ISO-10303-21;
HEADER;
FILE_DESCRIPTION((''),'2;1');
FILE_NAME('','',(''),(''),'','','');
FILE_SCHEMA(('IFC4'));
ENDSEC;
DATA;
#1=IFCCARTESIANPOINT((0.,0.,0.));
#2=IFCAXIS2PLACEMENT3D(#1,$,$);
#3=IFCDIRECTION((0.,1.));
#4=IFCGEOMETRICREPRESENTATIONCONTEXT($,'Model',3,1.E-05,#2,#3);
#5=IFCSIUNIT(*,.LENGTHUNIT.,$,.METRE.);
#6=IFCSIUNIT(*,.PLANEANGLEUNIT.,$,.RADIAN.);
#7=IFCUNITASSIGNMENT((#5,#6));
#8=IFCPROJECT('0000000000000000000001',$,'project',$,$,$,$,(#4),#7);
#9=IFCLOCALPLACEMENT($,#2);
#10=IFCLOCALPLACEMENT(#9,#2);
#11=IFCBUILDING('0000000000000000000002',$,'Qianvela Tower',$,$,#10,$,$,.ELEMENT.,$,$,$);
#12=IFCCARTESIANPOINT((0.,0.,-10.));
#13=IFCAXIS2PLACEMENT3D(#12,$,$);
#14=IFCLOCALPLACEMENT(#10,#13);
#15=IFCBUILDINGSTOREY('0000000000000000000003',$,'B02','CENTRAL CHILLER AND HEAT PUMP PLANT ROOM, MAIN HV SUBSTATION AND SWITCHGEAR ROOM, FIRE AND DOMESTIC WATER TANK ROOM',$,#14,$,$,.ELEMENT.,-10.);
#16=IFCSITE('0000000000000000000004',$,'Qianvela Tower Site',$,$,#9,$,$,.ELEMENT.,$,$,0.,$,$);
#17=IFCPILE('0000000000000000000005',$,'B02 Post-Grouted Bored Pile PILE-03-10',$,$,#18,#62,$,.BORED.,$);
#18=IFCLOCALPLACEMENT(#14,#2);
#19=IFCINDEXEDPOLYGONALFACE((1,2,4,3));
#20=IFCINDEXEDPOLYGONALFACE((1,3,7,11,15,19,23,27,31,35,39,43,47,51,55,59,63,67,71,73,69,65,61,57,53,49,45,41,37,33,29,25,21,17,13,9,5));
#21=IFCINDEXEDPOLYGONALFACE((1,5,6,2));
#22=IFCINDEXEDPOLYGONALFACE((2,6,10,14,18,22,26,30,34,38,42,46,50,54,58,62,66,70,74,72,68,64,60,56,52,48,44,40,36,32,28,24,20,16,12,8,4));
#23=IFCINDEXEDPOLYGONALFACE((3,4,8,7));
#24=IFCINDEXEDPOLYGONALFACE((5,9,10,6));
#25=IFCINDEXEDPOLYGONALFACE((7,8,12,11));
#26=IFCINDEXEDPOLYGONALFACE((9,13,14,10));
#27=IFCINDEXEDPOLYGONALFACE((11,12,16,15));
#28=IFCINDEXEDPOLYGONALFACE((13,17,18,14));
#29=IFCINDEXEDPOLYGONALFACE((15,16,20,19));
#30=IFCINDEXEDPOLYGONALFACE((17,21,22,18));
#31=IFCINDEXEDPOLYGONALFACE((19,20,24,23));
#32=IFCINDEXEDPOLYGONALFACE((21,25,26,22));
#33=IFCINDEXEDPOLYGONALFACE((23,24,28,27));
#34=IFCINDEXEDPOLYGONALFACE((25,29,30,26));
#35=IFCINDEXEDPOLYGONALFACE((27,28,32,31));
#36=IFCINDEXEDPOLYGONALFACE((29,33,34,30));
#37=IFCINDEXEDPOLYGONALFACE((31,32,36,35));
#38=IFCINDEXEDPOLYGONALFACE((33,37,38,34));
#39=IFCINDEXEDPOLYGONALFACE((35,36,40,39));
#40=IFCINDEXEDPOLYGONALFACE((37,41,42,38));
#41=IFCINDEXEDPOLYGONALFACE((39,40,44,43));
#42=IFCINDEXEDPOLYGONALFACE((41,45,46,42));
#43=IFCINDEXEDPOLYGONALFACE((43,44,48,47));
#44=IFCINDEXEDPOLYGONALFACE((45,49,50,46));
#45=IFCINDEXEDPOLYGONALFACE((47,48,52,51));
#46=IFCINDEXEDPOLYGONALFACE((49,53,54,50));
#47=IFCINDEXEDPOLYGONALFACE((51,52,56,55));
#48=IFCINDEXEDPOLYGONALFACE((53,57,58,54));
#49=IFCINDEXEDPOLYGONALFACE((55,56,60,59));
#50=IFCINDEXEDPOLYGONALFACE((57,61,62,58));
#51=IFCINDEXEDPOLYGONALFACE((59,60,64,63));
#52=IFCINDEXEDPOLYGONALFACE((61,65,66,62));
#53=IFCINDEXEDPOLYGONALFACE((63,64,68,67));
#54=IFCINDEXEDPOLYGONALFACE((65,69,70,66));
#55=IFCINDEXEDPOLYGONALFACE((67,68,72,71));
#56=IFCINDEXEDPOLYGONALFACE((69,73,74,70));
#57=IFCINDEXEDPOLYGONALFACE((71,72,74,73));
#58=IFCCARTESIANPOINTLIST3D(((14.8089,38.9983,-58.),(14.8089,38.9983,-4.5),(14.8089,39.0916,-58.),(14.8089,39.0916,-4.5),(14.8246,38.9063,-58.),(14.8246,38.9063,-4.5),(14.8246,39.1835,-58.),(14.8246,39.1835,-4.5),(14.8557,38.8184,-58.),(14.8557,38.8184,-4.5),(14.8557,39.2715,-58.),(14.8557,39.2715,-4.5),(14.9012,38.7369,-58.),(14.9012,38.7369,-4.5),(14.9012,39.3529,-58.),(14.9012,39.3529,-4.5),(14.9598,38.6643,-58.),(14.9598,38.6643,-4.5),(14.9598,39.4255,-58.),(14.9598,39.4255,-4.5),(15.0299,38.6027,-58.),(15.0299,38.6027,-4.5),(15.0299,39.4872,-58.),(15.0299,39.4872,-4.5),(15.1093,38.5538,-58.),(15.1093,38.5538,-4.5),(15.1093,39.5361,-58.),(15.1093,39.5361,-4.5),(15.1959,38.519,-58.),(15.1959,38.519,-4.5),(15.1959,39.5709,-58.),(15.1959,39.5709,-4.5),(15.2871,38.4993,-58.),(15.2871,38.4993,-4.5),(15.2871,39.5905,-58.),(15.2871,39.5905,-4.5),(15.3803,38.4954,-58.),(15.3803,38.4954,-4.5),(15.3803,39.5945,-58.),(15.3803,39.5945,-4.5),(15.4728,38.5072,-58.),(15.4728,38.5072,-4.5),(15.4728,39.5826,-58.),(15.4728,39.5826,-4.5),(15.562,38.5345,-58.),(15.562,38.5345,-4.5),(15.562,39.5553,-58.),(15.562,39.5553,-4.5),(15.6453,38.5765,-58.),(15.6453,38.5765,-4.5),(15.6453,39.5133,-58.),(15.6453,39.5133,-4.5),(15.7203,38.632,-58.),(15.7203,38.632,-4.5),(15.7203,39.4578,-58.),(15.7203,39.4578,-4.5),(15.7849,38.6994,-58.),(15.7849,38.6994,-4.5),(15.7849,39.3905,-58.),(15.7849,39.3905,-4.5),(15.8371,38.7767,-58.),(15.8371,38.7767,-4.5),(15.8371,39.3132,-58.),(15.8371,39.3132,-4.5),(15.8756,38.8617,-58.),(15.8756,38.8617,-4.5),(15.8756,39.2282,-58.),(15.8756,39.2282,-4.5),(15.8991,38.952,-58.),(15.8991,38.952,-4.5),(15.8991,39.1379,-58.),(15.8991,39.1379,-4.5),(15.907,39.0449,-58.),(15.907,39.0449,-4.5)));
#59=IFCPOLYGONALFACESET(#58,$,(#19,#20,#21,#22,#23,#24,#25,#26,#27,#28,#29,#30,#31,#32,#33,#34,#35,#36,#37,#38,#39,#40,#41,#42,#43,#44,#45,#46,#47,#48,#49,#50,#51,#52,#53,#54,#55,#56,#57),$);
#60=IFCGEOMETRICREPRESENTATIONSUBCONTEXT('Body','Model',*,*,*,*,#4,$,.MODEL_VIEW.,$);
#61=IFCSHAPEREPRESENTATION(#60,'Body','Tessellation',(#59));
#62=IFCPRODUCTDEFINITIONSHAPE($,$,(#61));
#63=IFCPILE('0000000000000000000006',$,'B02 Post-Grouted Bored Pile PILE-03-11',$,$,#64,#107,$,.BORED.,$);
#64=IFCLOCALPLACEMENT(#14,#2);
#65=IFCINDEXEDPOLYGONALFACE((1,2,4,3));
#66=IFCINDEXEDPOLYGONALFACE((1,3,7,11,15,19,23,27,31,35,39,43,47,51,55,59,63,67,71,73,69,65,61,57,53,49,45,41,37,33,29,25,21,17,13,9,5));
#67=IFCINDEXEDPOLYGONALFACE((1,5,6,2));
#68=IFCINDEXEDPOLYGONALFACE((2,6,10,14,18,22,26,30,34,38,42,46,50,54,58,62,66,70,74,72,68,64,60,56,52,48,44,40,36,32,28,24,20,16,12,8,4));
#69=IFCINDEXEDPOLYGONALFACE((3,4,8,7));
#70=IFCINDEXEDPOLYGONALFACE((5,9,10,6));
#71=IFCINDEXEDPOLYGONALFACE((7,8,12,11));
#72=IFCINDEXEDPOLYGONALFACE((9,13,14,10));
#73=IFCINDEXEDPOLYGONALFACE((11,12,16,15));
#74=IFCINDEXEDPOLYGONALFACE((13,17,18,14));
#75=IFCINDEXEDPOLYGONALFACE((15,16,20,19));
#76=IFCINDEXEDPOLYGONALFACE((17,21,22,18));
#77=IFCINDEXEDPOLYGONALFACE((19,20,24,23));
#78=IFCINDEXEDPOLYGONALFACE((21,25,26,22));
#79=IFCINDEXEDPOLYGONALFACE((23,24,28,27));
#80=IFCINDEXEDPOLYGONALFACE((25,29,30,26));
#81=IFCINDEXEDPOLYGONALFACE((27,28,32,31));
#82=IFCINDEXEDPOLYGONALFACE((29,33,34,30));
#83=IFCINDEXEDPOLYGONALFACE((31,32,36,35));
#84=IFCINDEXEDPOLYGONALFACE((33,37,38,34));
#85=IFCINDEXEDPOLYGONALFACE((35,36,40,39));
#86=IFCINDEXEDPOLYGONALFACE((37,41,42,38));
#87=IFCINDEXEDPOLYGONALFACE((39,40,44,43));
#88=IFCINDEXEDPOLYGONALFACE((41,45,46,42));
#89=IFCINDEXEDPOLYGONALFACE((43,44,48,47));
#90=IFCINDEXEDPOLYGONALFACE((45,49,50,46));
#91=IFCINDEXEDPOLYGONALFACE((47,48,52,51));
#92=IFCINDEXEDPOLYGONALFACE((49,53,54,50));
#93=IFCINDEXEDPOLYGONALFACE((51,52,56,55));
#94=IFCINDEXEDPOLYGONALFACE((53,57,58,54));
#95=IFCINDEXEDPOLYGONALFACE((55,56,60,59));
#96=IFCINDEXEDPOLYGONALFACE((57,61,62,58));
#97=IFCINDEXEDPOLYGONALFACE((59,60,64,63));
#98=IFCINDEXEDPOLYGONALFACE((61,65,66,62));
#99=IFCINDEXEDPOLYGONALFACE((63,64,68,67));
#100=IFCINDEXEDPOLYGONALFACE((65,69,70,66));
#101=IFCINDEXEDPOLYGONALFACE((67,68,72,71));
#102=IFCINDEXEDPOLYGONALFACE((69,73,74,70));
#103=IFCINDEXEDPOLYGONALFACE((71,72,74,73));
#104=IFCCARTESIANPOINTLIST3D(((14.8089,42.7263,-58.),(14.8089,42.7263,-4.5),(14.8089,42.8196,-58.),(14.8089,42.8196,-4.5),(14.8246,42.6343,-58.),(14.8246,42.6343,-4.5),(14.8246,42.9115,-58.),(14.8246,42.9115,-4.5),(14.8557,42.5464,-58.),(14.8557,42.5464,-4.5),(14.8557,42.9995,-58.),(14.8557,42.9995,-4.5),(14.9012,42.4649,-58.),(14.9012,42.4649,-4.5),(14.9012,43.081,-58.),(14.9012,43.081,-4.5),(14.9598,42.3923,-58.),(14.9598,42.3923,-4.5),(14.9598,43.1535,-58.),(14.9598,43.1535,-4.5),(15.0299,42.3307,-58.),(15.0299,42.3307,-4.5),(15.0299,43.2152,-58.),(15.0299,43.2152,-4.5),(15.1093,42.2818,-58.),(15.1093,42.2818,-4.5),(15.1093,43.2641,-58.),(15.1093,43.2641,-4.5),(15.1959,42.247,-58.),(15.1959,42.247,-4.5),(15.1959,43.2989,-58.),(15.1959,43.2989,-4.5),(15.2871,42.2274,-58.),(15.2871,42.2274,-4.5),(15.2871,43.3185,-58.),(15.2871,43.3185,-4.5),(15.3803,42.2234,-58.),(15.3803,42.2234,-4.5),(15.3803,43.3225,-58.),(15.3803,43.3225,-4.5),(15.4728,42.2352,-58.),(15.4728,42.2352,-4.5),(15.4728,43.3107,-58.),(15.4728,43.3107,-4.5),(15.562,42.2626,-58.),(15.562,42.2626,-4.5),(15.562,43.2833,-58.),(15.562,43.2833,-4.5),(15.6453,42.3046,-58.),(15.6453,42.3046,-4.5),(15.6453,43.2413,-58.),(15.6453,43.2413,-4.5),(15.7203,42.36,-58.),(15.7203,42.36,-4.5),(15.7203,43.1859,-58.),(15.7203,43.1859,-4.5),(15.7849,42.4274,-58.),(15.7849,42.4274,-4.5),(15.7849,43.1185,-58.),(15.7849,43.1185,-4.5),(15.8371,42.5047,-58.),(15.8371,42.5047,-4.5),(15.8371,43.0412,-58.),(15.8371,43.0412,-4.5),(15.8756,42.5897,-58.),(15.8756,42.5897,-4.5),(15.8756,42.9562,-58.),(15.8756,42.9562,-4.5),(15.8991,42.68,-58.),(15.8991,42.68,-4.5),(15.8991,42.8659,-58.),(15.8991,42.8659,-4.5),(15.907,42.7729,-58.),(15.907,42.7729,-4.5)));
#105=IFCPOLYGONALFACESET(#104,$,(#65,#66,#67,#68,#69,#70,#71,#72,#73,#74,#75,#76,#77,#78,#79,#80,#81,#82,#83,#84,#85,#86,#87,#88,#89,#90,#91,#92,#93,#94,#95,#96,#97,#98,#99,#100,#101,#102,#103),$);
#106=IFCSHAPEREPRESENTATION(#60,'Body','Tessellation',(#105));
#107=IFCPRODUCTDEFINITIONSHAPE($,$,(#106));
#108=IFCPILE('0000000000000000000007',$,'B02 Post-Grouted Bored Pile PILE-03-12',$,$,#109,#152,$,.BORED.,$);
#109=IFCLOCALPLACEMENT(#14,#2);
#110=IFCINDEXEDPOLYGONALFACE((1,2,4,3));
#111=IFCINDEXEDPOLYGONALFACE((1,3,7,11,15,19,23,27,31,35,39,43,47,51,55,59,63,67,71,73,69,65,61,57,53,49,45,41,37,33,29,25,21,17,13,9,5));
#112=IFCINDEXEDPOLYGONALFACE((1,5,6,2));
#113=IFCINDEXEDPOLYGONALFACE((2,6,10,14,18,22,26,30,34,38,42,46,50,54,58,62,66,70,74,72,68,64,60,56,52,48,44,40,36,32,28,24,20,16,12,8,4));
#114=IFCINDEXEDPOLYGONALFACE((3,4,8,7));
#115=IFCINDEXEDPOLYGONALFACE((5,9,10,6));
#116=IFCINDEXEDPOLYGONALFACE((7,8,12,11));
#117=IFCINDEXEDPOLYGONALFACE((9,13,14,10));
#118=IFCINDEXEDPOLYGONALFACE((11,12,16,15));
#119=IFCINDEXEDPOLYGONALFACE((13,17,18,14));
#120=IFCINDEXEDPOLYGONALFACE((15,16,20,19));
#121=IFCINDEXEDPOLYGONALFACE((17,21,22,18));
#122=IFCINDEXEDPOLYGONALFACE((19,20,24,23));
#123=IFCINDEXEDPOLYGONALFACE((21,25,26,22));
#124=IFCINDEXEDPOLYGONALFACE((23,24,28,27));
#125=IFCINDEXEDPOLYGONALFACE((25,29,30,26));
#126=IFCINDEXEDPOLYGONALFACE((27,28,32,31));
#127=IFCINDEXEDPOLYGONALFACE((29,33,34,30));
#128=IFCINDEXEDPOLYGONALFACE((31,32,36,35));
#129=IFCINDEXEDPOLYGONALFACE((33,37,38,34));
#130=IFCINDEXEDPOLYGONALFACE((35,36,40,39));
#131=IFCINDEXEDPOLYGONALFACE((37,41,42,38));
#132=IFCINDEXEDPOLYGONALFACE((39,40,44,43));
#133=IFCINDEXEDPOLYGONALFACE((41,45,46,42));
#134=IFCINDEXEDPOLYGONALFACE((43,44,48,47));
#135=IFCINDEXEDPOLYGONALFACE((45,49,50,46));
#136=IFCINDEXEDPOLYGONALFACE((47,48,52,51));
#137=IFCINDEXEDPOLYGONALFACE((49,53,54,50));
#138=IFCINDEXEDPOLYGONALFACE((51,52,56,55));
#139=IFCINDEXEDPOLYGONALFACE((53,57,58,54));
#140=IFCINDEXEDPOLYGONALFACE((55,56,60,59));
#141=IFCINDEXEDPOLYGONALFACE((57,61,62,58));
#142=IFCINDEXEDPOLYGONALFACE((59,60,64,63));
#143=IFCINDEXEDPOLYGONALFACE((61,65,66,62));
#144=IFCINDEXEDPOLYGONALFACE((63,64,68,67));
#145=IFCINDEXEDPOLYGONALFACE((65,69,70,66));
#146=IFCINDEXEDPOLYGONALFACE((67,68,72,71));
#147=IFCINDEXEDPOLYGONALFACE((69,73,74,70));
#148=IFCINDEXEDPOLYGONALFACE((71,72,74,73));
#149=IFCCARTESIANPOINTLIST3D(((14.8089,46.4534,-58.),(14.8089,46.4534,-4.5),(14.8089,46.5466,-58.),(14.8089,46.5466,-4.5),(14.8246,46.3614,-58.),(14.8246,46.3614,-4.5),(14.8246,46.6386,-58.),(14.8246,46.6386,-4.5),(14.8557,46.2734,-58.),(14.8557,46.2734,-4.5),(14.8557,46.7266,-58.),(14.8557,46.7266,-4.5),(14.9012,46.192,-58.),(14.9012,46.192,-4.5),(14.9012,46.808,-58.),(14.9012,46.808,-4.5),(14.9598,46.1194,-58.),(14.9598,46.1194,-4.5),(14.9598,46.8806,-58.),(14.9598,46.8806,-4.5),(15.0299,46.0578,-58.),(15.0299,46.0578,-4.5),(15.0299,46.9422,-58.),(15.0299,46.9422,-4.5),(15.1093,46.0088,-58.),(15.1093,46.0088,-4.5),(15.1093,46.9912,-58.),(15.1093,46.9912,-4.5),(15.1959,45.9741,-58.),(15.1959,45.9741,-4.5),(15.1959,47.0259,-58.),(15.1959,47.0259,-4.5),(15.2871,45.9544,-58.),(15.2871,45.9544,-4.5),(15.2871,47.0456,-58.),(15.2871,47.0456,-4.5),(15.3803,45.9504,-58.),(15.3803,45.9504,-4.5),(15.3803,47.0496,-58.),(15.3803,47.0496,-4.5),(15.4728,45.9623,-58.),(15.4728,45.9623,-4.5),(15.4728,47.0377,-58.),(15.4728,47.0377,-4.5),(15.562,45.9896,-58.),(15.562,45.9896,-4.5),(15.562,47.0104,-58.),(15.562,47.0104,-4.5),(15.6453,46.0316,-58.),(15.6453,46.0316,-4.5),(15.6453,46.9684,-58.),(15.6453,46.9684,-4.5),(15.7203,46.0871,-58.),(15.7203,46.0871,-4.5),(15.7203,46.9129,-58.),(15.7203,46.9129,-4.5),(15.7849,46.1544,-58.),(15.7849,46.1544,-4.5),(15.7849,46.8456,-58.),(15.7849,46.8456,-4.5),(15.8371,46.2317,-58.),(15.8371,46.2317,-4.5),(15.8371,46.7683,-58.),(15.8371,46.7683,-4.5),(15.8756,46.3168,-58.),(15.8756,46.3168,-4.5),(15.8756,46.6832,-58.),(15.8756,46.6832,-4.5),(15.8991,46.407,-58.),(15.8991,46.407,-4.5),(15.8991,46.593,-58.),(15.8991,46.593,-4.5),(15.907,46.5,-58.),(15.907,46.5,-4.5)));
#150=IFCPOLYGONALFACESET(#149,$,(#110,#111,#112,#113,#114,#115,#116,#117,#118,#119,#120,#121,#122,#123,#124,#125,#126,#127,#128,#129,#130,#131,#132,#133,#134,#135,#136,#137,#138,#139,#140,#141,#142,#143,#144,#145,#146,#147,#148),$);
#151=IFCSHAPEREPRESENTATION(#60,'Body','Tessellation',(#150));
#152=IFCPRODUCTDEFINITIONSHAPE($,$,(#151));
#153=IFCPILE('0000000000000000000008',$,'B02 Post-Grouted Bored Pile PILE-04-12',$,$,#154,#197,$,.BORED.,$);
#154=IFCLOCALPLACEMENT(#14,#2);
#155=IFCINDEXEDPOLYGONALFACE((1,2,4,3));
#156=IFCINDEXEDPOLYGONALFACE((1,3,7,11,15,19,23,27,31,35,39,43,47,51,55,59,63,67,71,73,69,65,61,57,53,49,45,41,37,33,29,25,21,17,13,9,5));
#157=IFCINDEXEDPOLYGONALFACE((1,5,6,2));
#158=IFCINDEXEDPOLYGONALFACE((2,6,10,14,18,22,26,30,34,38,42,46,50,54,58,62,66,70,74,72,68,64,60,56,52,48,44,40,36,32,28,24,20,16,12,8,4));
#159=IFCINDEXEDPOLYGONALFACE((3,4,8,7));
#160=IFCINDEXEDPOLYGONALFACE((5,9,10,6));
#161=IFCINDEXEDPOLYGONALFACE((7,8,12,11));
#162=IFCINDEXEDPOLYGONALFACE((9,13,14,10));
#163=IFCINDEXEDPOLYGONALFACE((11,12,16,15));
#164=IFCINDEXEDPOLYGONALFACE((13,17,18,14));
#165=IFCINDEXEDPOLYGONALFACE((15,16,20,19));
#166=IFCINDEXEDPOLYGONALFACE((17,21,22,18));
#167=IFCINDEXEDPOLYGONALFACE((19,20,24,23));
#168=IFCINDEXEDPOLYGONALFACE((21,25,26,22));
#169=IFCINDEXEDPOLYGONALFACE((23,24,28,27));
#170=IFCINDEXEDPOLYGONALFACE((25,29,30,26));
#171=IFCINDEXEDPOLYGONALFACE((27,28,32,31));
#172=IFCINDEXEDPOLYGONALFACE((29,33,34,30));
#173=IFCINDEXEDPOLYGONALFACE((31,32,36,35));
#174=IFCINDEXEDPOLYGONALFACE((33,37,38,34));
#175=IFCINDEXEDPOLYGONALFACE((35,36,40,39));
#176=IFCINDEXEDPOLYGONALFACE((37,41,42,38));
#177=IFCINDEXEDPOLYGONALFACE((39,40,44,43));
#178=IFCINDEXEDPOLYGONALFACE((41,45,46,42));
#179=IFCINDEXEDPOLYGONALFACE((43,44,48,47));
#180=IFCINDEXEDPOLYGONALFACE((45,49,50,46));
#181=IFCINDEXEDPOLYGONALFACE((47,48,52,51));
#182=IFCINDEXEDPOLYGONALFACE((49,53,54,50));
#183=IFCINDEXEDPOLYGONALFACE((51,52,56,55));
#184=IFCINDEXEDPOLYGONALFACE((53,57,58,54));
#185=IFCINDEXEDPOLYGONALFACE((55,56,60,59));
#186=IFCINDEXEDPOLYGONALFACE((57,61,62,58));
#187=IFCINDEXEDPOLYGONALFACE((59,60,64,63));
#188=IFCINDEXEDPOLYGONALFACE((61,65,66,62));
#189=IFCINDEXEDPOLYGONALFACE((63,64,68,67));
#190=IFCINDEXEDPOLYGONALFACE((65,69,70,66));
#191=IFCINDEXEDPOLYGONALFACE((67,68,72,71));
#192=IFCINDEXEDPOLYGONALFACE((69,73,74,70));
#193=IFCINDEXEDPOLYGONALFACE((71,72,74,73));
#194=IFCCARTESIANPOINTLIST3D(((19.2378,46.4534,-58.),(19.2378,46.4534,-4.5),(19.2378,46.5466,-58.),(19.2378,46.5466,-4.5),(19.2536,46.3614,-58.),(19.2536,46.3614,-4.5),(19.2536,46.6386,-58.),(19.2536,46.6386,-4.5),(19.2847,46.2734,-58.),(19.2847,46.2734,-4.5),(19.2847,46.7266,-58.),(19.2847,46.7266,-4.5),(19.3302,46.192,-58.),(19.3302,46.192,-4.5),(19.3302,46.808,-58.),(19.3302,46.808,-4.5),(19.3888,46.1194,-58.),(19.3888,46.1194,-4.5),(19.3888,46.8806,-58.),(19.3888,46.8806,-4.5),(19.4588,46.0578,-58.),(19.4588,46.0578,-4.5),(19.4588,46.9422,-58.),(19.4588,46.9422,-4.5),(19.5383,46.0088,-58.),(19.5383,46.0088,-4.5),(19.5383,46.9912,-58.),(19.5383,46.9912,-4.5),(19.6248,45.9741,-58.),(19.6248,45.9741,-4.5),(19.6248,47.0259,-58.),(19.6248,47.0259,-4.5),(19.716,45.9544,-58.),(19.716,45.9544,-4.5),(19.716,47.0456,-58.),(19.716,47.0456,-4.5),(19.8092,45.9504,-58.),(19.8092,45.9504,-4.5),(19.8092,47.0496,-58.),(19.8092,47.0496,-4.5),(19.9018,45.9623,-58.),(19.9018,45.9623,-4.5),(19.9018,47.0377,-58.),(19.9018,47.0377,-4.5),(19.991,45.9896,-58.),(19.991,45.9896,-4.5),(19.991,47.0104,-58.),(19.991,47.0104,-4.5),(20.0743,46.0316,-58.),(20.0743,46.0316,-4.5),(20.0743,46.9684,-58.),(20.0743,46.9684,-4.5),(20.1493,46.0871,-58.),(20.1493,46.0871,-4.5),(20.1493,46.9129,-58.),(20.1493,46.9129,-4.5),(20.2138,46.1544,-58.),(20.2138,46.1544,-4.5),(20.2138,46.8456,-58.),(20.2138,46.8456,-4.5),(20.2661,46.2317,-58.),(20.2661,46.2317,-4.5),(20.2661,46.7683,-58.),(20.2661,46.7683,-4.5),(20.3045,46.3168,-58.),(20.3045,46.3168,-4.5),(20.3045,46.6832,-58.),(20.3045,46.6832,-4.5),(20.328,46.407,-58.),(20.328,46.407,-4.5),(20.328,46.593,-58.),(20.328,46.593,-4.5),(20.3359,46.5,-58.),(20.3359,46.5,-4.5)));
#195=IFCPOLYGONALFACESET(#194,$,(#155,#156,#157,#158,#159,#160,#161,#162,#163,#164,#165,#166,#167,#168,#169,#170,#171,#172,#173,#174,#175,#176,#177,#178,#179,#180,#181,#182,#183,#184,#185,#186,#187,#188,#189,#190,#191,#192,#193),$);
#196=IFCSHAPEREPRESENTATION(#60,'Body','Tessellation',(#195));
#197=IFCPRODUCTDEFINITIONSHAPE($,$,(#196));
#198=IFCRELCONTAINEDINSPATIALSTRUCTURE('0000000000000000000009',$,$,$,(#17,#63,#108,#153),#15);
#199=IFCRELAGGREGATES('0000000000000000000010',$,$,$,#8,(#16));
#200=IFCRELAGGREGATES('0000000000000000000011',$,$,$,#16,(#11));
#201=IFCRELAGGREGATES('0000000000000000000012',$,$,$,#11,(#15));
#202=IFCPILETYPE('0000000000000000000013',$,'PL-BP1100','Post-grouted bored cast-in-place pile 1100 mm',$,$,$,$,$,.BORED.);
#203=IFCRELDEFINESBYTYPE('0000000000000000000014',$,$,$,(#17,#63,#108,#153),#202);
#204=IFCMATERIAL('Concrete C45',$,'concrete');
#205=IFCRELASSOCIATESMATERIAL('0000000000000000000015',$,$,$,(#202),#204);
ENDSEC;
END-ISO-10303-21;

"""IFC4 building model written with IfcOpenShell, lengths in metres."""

from ifc_helpers import new_model, si_unit, direction, frame, origin, origin_2d, place, context, subcontext, project, spatial, circle, extrude, material, material_profile, profile_set, type_object, element, save


model = new_model("IFC4")

# Units and contexts
model_context = context("Model", 3, precision=1e-05, world=origin(), true_north=direction((0.0, 1.0)))
body_context = subcontext(model_context, "Body", "Model", "MODEL_VIEW")
ifc_project = project(units=[si_unit("LENGTHUNIT", "METRE"), si_unit("PLANEANGLEUNIT", "RADIAN")], contexts=[model_context])

# Site, building, storey
site_placement = place(None, origin())
site = spatial("IfcSite", under=ifc_project, at=site_placement, Name="Qianvela Tower Site", CompositionType="ELEMENT", RefElevation=0.0)
building_placement = place(site_placement, origin())
building = spatial("IfcBuilding", under=site, at=building_placement, Name="Qianvela Tower", CompositionType="ELEMENT")
storey_placement = place(building_placement, frame((0.0, 0.0, -10.0)))
storey = spatial("IfcBuildingStorey", under=building, at=storey_placement, Name="B02", Description="CENTRAL CHILLER AND HEAT PUMP PLANT ROOM, MAIN HV SUBSTATION AND SWITCHGEAR ROOM, FIRE AND DOMESTIC WATER TANK ROOM", CompositionType="ELEMENT", Elevation=-10.0)

# Piles
ifc_material_1 = material(Name="Concrete C45", Category="concrete")
ifc_material_profile_1 = material_profile(ifc_material_1, circle(Radius=0.55, at=origin_2d()), Name="BP-1100")
ifc_profile_set_1 = profile_set([ifc_material_profile_1], Name="Concrete C45")
pile_type_1 = type_object("IfcPileType", Name="PL-BP1100", Description="Post-grouted bored cast-in-place pile 1100 mm", PredefinedType="BORED", material=ifc_profile_set_1)
for number, where, z_axis, x_axis, name in (
    (1, (15.3569, 39.0449, -4.5), (0.0, 0.0, -1.0), (1.0, 0.0, 0.0), "B02 Post-Grouted Bored Pile PILE-03-10"),
    (2, (15.3569, 42.7729, -4.5), (0.0, 0.0, -1.0), (1.0, 0.0, 0.0), "B02 Post-Grouted Bored Pile PILE-03-11"),
    (3, (15.3569, 46.5, -4.5), (0.0, 0.0, -1.0), (1.0, 0.0, 0.0), "B02 Post-Grouted Bored Pile PILE-03-12"),
    (4, (19.7859, 46.5, -4.5), (0.0, 0.0, -1.0), (1.0, 0.0, 0.0), "B02 Post-Grouted Bored Pile PILE-04-12"),
):
    element("IfcPile", number, at=place(storey_placement, frame(where, z_axis=z_axis, x_axis=x_axis)), inside=storey, type_object=pile_type_1, Name=name, PredefinedType="BORED", context=body_context, shape_type="SweptSolid", body=[
        extrude(circle(Radius=0.55, at=origin_2d()), origin(), (0.0, 0.0, 1.0), 53.5),
    ])

save(model, "model.ifc")
